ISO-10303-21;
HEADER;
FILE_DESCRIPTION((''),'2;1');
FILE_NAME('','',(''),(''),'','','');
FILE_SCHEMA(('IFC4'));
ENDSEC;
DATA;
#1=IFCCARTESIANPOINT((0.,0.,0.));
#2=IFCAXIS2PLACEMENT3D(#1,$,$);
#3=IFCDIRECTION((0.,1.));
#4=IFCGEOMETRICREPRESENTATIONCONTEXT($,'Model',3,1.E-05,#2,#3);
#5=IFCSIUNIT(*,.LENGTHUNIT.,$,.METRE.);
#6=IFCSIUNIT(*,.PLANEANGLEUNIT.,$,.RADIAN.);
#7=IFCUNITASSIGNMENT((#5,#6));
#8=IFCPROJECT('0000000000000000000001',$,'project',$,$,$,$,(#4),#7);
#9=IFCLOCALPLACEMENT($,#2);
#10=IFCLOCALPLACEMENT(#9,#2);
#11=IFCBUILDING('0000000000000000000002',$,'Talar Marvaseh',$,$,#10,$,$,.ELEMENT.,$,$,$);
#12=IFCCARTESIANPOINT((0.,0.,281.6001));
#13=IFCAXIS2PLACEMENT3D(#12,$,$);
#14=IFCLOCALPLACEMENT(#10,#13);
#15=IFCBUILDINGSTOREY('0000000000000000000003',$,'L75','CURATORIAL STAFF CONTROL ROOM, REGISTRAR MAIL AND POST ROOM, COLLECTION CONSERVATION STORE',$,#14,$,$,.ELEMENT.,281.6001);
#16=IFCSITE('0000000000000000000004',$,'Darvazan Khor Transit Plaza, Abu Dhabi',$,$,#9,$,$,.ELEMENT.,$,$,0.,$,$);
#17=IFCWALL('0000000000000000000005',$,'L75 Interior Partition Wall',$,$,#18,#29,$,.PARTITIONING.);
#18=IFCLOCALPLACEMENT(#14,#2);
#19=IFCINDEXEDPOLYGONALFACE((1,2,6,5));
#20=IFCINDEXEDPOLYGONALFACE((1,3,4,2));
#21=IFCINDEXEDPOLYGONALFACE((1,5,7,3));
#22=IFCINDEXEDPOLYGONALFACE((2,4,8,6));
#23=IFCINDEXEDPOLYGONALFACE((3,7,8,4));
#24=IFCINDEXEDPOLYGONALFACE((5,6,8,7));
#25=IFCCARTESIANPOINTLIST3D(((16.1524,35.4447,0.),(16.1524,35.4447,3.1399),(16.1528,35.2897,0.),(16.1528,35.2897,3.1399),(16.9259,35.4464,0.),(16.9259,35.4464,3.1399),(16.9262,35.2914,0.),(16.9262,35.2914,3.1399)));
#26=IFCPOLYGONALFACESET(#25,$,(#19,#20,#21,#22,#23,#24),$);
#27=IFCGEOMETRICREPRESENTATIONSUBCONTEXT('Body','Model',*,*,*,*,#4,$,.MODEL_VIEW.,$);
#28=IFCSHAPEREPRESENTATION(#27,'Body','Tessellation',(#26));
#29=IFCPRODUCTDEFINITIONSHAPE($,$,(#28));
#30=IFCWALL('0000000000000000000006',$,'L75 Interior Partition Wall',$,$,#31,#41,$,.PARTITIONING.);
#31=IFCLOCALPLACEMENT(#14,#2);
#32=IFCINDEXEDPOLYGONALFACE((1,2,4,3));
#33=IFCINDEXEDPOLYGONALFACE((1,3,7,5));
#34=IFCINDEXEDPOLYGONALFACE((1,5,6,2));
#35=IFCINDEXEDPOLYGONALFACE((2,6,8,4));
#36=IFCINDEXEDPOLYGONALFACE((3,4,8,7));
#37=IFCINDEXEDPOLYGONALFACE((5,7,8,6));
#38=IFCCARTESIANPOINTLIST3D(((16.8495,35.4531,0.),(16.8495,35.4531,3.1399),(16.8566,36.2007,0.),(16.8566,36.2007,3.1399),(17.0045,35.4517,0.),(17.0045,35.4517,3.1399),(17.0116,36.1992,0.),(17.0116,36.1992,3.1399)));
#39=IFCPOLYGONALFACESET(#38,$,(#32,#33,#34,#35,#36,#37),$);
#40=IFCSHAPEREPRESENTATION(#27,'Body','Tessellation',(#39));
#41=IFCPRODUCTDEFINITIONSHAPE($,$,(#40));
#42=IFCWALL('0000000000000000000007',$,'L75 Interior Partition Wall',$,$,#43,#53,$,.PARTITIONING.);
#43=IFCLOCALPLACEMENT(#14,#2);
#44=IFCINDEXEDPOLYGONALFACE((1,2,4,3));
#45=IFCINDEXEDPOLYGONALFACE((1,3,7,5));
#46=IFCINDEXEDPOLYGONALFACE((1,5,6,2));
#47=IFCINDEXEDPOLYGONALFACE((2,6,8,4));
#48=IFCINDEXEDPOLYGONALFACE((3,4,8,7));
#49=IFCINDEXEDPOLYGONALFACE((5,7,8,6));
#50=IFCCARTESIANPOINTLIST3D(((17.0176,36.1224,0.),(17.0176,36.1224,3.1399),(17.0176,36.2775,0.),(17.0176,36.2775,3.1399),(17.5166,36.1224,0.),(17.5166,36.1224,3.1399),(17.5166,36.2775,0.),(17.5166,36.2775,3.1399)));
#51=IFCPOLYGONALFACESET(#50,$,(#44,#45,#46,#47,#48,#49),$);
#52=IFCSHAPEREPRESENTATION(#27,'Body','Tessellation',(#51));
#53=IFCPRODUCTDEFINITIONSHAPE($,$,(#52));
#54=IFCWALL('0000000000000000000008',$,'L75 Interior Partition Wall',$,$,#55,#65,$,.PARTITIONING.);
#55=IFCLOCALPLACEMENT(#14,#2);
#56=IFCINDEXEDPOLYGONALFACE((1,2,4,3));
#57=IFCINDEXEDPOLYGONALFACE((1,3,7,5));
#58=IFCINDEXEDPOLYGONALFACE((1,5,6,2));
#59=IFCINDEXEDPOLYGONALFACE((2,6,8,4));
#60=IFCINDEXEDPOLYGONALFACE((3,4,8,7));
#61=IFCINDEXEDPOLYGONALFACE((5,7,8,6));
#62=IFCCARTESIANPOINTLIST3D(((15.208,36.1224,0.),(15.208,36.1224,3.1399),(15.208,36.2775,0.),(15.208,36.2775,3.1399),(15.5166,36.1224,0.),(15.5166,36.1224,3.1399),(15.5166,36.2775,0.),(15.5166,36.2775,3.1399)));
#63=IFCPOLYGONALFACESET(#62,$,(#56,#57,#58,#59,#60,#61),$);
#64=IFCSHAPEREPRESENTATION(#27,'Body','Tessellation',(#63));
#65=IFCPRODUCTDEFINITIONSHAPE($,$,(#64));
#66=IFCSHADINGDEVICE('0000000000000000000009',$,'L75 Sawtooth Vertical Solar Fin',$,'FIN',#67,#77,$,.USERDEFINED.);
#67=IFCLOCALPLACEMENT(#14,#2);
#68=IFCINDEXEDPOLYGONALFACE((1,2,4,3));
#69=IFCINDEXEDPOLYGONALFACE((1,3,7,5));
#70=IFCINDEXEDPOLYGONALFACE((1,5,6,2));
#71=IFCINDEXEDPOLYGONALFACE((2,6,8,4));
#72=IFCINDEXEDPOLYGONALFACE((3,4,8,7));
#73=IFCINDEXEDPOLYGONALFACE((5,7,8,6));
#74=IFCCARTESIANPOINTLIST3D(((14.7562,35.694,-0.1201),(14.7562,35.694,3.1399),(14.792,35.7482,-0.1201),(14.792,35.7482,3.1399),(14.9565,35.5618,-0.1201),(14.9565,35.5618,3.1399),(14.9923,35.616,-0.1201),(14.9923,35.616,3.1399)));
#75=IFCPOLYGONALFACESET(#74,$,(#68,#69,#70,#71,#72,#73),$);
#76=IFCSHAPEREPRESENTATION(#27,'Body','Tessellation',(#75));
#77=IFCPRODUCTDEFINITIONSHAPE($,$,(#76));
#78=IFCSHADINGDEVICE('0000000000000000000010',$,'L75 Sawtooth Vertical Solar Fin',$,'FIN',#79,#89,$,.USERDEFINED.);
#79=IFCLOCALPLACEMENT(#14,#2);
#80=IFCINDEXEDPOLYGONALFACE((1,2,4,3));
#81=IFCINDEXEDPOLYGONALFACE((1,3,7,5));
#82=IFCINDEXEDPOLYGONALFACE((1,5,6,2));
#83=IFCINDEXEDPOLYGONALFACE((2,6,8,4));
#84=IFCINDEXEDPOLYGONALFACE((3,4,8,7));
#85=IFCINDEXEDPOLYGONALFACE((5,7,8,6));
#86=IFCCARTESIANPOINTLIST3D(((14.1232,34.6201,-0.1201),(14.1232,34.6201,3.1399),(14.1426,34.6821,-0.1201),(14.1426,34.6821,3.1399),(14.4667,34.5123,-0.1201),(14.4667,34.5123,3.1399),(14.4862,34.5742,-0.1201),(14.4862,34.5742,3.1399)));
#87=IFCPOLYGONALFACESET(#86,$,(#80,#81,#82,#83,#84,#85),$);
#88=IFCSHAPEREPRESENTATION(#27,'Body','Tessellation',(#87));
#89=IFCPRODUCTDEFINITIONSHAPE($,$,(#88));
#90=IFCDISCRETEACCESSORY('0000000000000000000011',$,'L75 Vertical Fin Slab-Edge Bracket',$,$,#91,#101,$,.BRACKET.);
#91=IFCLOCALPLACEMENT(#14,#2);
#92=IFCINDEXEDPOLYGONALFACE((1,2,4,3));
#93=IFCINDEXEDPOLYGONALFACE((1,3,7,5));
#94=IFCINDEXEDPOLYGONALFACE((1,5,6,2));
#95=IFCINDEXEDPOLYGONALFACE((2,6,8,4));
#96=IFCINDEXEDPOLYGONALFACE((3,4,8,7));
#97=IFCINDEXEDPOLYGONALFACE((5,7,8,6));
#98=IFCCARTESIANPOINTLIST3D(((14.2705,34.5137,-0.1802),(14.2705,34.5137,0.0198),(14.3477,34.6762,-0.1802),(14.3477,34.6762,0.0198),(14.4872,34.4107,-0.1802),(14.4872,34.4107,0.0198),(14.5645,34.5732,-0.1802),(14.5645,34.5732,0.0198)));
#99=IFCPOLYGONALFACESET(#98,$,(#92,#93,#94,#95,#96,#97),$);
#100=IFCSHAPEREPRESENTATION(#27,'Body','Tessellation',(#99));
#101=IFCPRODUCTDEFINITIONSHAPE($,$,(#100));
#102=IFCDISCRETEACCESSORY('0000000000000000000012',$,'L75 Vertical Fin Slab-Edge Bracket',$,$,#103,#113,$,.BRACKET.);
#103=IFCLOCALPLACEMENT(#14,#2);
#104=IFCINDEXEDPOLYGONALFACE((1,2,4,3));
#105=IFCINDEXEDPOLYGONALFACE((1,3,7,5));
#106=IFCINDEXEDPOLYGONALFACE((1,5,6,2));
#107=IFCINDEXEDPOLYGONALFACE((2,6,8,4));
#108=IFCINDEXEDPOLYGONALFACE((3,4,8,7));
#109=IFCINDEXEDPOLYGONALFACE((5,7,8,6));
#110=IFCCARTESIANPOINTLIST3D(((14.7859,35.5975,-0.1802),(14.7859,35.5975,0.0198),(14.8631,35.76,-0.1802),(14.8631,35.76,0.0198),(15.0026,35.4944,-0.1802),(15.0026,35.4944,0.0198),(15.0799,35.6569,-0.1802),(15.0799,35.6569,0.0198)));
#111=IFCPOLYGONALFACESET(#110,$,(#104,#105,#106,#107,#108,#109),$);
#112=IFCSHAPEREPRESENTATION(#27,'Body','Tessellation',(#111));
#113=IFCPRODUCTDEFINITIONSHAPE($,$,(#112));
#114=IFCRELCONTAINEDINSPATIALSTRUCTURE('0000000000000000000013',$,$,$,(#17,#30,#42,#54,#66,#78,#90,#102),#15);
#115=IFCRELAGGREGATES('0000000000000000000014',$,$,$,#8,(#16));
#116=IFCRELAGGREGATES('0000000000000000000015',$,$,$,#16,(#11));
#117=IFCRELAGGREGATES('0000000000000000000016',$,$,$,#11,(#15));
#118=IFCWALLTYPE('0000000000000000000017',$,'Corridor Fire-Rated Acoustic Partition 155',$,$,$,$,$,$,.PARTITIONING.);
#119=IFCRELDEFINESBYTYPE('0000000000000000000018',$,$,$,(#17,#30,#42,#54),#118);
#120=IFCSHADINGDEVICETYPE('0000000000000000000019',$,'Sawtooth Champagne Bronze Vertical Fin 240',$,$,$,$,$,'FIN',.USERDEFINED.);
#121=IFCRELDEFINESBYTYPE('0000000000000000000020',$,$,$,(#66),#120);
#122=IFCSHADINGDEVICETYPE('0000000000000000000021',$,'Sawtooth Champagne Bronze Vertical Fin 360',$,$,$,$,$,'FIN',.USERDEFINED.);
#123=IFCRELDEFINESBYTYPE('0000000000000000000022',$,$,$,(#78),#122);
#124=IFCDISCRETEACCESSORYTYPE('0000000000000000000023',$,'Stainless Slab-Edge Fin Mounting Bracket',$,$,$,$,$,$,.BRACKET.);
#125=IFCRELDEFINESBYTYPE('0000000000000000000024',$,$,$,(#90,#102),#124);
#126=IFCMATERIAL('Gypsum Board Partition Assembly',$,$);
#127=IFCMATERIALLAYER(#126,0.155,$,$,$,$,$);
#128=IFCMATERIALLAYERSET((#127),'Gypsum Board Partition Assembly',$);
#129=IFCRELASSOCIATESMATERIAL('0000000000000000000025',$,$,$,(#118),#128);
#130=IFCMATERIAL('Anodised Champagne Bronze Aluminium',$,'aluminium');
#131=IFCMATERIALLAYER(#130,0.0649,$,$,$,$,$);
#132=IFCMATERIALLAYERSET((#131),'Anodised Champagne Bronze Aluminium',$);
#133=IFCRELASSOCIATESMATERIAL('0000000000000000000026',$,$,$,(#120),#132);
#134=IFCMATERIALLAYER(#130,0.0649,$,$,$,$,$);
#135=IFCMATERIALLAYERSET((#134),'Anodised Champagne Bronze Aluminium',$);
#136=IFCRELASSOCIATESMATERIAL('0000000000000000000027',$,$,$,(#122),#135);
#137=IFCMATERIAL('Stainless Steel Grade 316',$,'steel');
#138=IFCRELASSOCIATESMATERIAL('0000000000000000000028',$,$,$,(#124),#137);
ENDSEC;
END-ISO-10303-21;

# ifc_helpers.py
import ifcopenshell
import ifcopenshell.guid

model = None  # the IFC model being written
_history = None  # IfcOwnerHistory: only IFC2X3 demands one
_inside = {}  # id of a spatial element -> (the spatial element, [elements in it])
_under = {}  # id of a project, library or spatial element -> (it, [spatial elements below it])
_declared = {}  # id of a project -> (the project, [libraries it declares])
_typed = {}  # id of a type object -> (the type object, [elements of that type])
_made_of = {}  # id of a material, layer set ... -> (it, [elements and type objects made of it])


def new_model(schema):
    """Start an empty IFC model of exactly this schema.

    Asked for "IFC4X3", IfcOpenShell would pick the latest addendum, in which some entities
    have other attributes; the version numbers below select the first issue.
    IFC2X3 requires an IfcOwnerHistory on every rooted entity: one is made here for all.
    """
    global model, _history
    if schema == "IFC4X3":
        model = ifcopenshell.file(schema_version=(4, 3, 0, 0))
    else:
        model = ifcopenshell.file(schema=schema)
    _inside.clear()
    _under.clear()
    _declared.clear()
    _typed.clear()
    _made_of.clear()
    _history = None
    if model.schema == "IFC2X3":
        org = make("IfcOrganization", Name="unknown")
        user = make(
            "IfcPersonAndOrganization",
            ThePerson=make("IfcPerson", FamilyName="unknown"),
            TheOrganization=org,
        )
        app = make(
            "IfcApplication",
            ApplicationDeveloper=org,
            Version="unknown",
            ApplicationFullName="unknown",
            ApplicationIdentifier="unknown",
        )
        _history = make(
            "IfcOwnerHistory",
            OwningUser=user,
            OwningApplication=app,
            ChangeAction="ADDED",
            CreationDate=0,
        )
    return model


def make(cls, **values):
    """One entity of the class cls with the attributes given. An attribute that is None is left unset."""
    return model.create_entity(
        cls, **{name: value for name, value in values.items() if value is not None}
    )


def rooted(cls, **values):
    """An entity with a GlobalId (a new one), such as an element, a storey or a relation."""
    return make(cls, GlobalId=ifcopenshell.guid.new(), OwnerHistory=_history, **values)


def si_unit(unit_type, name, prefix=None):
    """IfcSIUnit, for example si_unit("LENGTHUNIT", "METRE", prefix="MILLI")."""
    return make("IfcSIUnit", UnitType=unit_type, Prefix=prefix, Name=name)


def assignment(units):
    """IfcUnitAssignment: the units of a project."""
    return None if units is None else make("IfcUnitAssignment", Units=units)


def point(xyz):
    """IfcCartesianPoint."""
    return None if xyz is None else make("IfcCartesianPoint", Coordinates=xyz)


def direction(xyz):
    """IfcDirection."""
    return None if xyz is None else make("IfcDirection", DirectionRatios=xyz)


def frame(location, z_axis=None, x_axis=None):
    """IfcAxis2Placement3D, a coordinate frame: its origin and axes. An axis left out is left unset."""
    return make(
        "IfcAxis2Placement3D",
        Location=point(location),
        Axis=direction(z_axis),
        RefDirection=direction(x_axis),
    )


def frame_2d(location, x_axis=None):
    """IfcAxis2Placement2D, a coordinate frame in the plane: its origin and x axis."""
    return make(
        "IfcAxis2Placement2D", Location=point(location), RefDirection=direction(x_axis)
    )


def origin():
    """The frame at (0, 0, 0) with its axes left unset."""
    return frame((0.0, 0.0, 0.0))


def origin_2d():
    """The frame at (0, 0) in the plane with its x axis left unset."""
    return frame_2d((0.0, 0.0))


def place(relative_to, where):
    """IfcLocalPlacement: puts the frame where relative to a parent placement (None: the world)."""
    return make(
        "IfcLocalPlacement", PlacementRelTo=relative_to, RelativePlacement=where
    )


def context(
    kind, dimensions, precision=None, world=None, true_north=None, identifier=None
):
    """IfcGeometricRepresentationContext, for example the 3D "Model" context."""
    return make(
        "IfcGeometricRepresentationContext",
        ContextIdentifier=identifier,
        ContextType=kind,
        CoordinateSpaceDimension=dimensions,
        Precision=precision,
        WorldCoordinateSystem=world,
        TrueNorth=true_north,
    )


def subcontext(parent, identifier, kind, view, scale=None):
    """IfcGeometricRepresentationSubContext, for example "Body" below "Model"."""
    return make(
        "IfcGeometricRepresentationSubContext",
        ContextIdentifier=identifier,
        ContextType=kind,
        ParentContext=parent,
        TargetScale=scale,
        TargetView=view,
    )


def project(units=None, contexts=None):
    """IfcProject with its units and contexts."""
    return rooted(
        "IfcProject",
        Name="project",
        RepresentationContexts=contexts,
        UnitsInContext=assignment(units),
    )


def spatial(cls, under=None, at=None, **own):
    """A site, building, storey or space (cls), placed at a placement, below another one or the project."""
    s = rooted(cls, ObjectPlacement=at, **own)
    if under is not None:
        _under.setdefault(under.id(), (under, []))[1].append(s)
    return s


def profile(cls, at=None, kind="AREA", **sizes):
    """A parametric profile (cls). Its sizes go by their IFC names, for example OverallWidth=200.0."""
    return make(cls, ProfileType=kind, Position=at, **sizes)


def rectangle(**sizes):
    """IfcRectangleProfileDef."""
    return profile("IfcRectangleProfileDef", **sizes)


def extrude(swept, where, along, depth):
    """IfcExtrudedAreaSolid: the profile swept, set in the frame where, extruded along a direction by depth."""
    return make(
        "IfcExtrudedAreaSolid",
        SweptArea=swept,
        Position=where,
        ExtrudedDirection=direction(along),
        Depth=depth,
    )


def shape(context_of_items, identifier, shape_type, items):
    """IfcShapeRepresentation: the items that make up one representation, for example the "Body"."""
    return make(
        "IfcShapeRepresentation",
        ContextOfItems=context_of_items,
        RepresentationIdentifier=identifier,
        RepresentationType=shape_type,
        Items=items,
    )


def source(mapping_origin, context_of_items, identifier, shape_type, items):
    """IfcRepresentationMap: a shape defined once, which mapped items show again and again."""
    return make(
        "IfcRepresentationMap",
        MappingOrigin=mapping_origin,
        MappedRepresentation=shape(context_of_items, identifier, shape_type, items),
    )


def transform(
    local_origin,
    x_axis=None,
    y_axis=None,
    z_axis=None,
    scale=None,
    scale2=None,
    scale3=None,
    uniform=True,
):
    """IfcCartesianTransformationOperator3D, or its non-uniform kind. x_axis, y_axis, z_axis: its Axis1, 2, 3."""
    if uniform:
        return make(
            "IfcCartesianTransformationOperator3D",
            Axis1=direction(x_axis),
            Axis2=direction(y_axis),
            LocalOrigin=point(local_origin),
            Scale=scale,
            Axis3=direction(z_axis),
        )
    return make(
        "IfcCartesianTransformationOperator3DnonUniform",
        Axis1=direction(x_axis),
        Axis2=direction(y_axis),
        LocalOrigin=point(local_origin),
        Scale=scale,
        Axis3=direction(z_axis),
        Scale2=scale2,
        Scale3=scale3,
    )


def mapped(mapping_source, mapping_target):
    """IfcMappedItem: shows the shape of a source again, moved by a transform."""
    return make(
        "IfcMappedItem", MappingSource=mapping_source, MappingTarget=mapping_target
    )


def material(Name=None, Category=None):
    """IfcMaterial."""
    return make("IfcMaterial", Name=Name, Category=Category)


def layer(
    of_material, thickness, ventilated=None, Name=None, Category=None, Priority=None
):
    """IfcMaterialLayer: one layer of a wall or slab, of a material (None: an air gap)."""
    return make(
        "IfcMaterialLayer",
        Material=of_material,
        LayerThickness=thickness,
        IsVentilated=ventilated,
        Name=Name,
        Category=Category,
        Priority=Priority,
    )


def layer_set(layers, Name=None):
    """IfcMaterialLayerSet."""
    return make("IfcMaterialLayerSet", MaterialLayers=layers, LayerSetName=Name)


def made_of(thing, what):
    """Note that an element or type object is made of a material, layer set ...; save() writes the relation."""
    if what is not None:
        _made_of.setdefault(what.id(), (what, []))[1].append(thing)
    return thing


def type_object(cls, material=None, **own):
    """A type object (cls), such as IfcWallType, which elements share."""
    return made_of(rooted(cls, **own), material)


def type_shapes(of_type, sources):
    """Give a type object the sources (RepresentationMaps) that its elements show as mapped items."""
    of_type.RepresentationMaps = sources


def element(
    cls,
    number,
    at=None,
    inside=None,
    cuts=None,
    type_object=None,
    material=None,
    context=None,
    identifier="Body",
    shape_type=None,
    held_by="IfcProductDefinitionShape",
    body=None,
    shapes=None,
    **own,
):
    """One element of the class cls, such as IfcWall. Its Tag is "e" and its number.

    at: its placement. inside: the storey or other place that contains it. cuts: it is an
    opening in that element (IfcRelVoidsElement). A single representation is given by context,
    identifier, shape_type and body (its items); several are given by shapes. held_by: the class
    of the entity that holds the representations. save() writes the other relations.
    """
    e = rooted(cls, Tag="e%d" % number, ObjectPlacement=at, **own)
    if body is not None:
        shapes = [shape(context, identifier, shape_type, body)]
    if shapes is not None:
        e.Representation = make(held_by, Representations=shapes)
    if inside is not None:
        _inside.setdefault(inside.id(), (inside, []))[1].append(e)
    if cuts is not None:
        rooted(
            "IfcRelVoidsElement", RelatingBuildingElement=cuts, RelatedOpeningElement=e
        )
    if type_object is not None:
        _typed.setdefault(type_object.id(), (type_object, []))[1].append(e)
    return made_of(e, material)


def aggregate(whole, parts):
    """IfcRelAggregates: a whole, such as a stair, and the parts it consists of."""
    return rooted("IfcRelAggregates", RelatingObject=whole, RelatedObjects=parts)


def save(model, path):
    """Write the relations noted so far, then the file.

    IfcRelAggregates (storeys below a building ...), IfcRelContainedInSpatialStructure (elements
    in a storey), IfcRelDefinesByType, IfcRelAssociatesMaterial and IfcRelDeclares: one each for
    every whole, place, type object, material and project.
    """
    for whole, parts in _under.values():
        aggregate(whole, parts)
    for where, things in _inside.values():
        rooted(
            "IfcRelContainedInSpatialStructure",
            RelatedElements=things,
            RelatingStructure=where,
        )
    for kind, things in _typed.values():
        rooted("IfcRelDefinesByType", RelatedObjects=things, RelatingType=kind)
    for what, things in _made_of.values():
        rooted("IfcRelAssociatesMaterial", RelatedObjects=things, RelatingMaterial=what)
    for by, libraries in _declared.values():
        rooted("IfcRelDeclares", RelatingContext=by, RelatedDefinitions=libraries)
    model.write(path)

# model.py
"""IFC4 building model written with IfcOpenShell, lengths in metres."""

from ifc_helpers import new_model, si_unit, direction, frame, frame_2d, origin, origin_2d, place, context, subcontext, project, spatial, rectangle, extrude, source, transform, mapped, material, layer, layer_set, type_object, type_shapes, element, save


model = new_model("IFC4")

# Units and contexts
model_context = context("Model", 3, precision=1e-05, world=origin(), true_north=direction((0.0, 1.0)))
body_context = subcontext(model_context, "Body", "Model", "MODEL_VIEW")
ifc_project = project(units=[si_unit("LENGTHUNIT", "METRE"), si_unit("PLANEANGLEUNIT", "RADIAN")], contexts=[model_context])

# Site, building, storey
site_placement = place(None, origin())
site = spatial("IfcSite", under=ifc_project, at=site_placement, Name="Darvazan Khor Transit Plaza, Abu Dhabi", CompositionType="ELEMENT", RefElevation=0.0)
building_placement = place(site_placement, origin())
building = spatial("IfcBuilding", under=site, at=building_placement, Name="Talar Marvaseh", CompositionType="ELEMENT")
storey_placement = place(building_placement, frame((0.0, 0.0, 281.6001)))
storey = spatial("IfcBuildingStorey", under=building, at=storey_placement, Name="L75", Description="CURATORIAL STAFF CONTROL ROOM, REGISTRAR MAIL AND POST ROOM, COLLECTION CONSERVATION STORE", CompositionType="ELEMENT", Elevation=281.6001)

# Walls
ifc_material_1 = material(Name="Gypsum Board Partition Assembly")
ifc_layer_1 = layer(ifc_material_1, 0.155)
ifc_layer_set_1 = layer_set([ifc_layer_1], Name="Gypsum Board Partition Assembly")
wall_type_1 = type_object("IfcWallType", Name="Corridor Fire-Rated Acoustic Partition 155", PredefinedType="PARTITIONING", material=ifc_layer_set_1)
wall_1_placement = place(storey_placement, frame((16.1526, 35.3672, 0.0), z_axis=(0.0, 0.0, 1.0), x_axis=(0.999998, 0.00221, 0.0)))
element("IfcWall", 1, at=wall_1_placement, inside=storey, type_object=wall_type_1, Name="L75 Interior Partition Wall", PredefinedType="PARTITIONING", context=body_context, shape_type="SweptSolid", body=[
    extrude(rectangle(XDim=0.7734, YDim=0.155, at=frame_2d((0.3867, 0.0))), origin(), (0.0, 0.0, 1.0), 3.1399),
])
wall_2_placement = place(storey_placement, frame((16.927, 35.4524, 0.0), z_axis=(0.0, 0.0, 1.0), x_axis=(0.009471, 0.999955, 0.0)))
element("IfcWall", 2, at=wall_2_placement, inside=storey, type_object=wall_type_1, Name="L75 Interior Partition Wall", PredefinedType="PARTITIONING", context=body_context, shape_type="SweptSolid", body=[
    extrude(rectangle(XDim=0.7476, YDim=0.155, at=frame_2d((0.3738, 0.0))), origin(), (0.0, 0.0, 1.0), 3.1399),
])
wall_3_placement = place(storey_placement, frame((17.0176, 36.2, 0.0), z_axis=(0.0, 0.0, 1.0), x_axis=(1.0, 0.0, 0.0)))
element("IfcWall", 3, at=wall_3_placement, inside=storey, type_object=wall_type_1, Name="L75 Interior Partition Wall", PredefinedType="PARTITIONING", context=body_context, shape_type="SweptSolid", body=[
    extrude(rectangle(XDim=0.499, YDim=0.155, at=frame_2d((0.2495, 0.0))), origin(), (0.0, 0.0, 1.0), 3.1399),
])
wall_4_placement = place(storey_placement, frame((15.208, 36.2, 0.0), z_axis=(0.0, 0.0, 1.0), x_axis=(1.0, 0.0, 0.0)))
element("IfcWall", 4, at=wall_4_placement, inside=storey, type_object=wall_type_1, Name="L75 Interior Partition Wall", PredefinedType="PARTITIONING", context=body_context, shape_type="SweptSolid", body=[
    extrude(rectangle(XDim=0.3086, YDim=0.155, at=frame_2d((0.1543, 0.0))), origin(), (0.0, 0.0, 1.0), 3.1399),
])

# Shading devices
ifc_material_2 = material(Name="Anodised Champagne Bronze Aluminium", Category="aluminium")
ifc_layer_2 = layer(ifc_material_2, 0.0649)
ifc_layer_set_2 = layer_set([ifc_layer_2], Name="Anodised Champagne Bronze Aluminium")
shading_device_type_1 = type_object("IfcShadingDeviceType", Name="Sawtooth Champagne Bronze Vertical Fin 240", ElementType="FIN", PredefinedType="USERDEFINED", material=ifc_layer_set_2)
shared_shape_1 = source(origin(), body_context, "Body", "SweptSolid", [
    extrude(rectangle(XDim=0.24, YDim=0.0649, at=origin_2d()), origin(), (0.0, 0.0, 1.0), 3.26),
])
type_shapes(shading_device_type_1, [shared_shape_1])
shading_device_1_placement = place(storey_placement, frame((14.8743, 35.655, -0.1201), z_axis=(0.0, 0.0, 1.0), x_axis=(-0.83456, 0.550918, 0.0)))
element("IfcShadingDevice", 5, at=shading_device_1_placement, inside=storey, type_object=shading_device_type_1, Name="L75 Sawtooth Vertical Solar Fin", ObjectType="FIN", PredefinedType="USERDEFINED", context=body_context, shape_type="MappedRepresentation", body=[
    mapped(shared_shape_1, transform((0.0, 0.0, 0.0), x_axis=(1.0, 0.0, 0.0), y_axis=(0.0, 1.0, 0.0), z_axis=(0.0, 0.0, 1.0), scale=1.0)),
])
ifc_layer_3 = layer(ifc_material_2, 0.0649)
ifc_layer_set_3 = layer_set([ifc_layer_3], Name="Anodised Champagne Bronze Aluminium")
shading_device_type_2 = type_object("IfcShadingDeviceType", Name="Sawtooth Champagne Bronze Vertical Fin 360", ElementType="FIN", PredefinedType="USERDEFINED", material=ifc_layer_set_3)
shared_shape_2 = source(origin(), body_context, "Body", "SweptSolid", [
    extrude(rectangle(XDim=0.3601, YDim=0.0649, at=origin_2d()), origin(), (0.0, 0.0, 1.0), 3.26),
])
type_shapes(shading_device_type_2, [shared_shape_2])
shading_device_2_placement = place(storey_placement, frame((14.3047, 34.5972, -0.1201), z_axis=(0.0, 0.0, 1.0), x_axis=(-0.954084, 0.29954, 0.0)))
element("IfcShadingDevice", 6, at=shading_device_2_placement, inside=storey, type_object=shading_device_type_2, Name="L75 Sawtooth Vertical Solar Fin", ObjectType="FIN", PredefinedType="USERDEFINED", context=body_context, shape_type="MappedRepresentation", body=[
    mapped(shared_shape_2, transform((0.0, 0.0, 0.0), x_axis=(1.0, 0.0, 0.0), y_axis=(0.0, 1.0, 0.0), z_axis=(0.0, 0.0, 1.0), scale=1.0)),
])

# Discrete accessories
ifc_material_3 = material(Name="Stainless Steel Grade 316", Category="steel")
discrete_accessory_type = type_object("IfcDiscreteAccessoryType", Name="Stainless Slab-Edge Fin Mounting Bracket", PredefinedType="BRACKET", material=ifc_material_3)
shared_shape_3 = source(origin(), body_context, "Body", "SweptSolid", [
    extrude(rectangle(XDim=0.24, YDim=0.1799, at=origin_2d()), origin(), (0.0, 0.0, 1.0), 0.2),
])
type_shapes(discrete_accessory_type, [shared_shape_3])
for number, where, z_axis, x_axis, name in (
    (7, (14.4175, 34.5435, -0.1802), (0.0, 0.0, 1.0), (-0.903111, 0.429408, 0.0), "L75 Vertical Fin Slab-Edge Bracket"),
    (8, (14.9329, 35.6272, -0.1802), (0.0, 0.0, 1.0), (-0.903111, 0.429408, 0.0), "L75 Vertical Fin Slab-Edge Bracket"),
):
    element("IfcDiscreteAccessory", number, at=place(storey_placement, frame(where, z_axis=z_axis, x_axis=x_axis)), inside=storey, type_object=discrete_accessory_type, Name=name, PredefinedType="BRACKET", context=body_context, shape_type="MappedRepresentation", body=[
        mapped(shared_shape_3, transform((0.0, 0.0, 0.0), x_axis=(1.0, 0.0, 0.0), y_axis=(0.0, 1.0, 0.0), z_axis=(0.0, 0.0, 1.0), scale=1.0)),
    ])

save(model, "model.ifc")
